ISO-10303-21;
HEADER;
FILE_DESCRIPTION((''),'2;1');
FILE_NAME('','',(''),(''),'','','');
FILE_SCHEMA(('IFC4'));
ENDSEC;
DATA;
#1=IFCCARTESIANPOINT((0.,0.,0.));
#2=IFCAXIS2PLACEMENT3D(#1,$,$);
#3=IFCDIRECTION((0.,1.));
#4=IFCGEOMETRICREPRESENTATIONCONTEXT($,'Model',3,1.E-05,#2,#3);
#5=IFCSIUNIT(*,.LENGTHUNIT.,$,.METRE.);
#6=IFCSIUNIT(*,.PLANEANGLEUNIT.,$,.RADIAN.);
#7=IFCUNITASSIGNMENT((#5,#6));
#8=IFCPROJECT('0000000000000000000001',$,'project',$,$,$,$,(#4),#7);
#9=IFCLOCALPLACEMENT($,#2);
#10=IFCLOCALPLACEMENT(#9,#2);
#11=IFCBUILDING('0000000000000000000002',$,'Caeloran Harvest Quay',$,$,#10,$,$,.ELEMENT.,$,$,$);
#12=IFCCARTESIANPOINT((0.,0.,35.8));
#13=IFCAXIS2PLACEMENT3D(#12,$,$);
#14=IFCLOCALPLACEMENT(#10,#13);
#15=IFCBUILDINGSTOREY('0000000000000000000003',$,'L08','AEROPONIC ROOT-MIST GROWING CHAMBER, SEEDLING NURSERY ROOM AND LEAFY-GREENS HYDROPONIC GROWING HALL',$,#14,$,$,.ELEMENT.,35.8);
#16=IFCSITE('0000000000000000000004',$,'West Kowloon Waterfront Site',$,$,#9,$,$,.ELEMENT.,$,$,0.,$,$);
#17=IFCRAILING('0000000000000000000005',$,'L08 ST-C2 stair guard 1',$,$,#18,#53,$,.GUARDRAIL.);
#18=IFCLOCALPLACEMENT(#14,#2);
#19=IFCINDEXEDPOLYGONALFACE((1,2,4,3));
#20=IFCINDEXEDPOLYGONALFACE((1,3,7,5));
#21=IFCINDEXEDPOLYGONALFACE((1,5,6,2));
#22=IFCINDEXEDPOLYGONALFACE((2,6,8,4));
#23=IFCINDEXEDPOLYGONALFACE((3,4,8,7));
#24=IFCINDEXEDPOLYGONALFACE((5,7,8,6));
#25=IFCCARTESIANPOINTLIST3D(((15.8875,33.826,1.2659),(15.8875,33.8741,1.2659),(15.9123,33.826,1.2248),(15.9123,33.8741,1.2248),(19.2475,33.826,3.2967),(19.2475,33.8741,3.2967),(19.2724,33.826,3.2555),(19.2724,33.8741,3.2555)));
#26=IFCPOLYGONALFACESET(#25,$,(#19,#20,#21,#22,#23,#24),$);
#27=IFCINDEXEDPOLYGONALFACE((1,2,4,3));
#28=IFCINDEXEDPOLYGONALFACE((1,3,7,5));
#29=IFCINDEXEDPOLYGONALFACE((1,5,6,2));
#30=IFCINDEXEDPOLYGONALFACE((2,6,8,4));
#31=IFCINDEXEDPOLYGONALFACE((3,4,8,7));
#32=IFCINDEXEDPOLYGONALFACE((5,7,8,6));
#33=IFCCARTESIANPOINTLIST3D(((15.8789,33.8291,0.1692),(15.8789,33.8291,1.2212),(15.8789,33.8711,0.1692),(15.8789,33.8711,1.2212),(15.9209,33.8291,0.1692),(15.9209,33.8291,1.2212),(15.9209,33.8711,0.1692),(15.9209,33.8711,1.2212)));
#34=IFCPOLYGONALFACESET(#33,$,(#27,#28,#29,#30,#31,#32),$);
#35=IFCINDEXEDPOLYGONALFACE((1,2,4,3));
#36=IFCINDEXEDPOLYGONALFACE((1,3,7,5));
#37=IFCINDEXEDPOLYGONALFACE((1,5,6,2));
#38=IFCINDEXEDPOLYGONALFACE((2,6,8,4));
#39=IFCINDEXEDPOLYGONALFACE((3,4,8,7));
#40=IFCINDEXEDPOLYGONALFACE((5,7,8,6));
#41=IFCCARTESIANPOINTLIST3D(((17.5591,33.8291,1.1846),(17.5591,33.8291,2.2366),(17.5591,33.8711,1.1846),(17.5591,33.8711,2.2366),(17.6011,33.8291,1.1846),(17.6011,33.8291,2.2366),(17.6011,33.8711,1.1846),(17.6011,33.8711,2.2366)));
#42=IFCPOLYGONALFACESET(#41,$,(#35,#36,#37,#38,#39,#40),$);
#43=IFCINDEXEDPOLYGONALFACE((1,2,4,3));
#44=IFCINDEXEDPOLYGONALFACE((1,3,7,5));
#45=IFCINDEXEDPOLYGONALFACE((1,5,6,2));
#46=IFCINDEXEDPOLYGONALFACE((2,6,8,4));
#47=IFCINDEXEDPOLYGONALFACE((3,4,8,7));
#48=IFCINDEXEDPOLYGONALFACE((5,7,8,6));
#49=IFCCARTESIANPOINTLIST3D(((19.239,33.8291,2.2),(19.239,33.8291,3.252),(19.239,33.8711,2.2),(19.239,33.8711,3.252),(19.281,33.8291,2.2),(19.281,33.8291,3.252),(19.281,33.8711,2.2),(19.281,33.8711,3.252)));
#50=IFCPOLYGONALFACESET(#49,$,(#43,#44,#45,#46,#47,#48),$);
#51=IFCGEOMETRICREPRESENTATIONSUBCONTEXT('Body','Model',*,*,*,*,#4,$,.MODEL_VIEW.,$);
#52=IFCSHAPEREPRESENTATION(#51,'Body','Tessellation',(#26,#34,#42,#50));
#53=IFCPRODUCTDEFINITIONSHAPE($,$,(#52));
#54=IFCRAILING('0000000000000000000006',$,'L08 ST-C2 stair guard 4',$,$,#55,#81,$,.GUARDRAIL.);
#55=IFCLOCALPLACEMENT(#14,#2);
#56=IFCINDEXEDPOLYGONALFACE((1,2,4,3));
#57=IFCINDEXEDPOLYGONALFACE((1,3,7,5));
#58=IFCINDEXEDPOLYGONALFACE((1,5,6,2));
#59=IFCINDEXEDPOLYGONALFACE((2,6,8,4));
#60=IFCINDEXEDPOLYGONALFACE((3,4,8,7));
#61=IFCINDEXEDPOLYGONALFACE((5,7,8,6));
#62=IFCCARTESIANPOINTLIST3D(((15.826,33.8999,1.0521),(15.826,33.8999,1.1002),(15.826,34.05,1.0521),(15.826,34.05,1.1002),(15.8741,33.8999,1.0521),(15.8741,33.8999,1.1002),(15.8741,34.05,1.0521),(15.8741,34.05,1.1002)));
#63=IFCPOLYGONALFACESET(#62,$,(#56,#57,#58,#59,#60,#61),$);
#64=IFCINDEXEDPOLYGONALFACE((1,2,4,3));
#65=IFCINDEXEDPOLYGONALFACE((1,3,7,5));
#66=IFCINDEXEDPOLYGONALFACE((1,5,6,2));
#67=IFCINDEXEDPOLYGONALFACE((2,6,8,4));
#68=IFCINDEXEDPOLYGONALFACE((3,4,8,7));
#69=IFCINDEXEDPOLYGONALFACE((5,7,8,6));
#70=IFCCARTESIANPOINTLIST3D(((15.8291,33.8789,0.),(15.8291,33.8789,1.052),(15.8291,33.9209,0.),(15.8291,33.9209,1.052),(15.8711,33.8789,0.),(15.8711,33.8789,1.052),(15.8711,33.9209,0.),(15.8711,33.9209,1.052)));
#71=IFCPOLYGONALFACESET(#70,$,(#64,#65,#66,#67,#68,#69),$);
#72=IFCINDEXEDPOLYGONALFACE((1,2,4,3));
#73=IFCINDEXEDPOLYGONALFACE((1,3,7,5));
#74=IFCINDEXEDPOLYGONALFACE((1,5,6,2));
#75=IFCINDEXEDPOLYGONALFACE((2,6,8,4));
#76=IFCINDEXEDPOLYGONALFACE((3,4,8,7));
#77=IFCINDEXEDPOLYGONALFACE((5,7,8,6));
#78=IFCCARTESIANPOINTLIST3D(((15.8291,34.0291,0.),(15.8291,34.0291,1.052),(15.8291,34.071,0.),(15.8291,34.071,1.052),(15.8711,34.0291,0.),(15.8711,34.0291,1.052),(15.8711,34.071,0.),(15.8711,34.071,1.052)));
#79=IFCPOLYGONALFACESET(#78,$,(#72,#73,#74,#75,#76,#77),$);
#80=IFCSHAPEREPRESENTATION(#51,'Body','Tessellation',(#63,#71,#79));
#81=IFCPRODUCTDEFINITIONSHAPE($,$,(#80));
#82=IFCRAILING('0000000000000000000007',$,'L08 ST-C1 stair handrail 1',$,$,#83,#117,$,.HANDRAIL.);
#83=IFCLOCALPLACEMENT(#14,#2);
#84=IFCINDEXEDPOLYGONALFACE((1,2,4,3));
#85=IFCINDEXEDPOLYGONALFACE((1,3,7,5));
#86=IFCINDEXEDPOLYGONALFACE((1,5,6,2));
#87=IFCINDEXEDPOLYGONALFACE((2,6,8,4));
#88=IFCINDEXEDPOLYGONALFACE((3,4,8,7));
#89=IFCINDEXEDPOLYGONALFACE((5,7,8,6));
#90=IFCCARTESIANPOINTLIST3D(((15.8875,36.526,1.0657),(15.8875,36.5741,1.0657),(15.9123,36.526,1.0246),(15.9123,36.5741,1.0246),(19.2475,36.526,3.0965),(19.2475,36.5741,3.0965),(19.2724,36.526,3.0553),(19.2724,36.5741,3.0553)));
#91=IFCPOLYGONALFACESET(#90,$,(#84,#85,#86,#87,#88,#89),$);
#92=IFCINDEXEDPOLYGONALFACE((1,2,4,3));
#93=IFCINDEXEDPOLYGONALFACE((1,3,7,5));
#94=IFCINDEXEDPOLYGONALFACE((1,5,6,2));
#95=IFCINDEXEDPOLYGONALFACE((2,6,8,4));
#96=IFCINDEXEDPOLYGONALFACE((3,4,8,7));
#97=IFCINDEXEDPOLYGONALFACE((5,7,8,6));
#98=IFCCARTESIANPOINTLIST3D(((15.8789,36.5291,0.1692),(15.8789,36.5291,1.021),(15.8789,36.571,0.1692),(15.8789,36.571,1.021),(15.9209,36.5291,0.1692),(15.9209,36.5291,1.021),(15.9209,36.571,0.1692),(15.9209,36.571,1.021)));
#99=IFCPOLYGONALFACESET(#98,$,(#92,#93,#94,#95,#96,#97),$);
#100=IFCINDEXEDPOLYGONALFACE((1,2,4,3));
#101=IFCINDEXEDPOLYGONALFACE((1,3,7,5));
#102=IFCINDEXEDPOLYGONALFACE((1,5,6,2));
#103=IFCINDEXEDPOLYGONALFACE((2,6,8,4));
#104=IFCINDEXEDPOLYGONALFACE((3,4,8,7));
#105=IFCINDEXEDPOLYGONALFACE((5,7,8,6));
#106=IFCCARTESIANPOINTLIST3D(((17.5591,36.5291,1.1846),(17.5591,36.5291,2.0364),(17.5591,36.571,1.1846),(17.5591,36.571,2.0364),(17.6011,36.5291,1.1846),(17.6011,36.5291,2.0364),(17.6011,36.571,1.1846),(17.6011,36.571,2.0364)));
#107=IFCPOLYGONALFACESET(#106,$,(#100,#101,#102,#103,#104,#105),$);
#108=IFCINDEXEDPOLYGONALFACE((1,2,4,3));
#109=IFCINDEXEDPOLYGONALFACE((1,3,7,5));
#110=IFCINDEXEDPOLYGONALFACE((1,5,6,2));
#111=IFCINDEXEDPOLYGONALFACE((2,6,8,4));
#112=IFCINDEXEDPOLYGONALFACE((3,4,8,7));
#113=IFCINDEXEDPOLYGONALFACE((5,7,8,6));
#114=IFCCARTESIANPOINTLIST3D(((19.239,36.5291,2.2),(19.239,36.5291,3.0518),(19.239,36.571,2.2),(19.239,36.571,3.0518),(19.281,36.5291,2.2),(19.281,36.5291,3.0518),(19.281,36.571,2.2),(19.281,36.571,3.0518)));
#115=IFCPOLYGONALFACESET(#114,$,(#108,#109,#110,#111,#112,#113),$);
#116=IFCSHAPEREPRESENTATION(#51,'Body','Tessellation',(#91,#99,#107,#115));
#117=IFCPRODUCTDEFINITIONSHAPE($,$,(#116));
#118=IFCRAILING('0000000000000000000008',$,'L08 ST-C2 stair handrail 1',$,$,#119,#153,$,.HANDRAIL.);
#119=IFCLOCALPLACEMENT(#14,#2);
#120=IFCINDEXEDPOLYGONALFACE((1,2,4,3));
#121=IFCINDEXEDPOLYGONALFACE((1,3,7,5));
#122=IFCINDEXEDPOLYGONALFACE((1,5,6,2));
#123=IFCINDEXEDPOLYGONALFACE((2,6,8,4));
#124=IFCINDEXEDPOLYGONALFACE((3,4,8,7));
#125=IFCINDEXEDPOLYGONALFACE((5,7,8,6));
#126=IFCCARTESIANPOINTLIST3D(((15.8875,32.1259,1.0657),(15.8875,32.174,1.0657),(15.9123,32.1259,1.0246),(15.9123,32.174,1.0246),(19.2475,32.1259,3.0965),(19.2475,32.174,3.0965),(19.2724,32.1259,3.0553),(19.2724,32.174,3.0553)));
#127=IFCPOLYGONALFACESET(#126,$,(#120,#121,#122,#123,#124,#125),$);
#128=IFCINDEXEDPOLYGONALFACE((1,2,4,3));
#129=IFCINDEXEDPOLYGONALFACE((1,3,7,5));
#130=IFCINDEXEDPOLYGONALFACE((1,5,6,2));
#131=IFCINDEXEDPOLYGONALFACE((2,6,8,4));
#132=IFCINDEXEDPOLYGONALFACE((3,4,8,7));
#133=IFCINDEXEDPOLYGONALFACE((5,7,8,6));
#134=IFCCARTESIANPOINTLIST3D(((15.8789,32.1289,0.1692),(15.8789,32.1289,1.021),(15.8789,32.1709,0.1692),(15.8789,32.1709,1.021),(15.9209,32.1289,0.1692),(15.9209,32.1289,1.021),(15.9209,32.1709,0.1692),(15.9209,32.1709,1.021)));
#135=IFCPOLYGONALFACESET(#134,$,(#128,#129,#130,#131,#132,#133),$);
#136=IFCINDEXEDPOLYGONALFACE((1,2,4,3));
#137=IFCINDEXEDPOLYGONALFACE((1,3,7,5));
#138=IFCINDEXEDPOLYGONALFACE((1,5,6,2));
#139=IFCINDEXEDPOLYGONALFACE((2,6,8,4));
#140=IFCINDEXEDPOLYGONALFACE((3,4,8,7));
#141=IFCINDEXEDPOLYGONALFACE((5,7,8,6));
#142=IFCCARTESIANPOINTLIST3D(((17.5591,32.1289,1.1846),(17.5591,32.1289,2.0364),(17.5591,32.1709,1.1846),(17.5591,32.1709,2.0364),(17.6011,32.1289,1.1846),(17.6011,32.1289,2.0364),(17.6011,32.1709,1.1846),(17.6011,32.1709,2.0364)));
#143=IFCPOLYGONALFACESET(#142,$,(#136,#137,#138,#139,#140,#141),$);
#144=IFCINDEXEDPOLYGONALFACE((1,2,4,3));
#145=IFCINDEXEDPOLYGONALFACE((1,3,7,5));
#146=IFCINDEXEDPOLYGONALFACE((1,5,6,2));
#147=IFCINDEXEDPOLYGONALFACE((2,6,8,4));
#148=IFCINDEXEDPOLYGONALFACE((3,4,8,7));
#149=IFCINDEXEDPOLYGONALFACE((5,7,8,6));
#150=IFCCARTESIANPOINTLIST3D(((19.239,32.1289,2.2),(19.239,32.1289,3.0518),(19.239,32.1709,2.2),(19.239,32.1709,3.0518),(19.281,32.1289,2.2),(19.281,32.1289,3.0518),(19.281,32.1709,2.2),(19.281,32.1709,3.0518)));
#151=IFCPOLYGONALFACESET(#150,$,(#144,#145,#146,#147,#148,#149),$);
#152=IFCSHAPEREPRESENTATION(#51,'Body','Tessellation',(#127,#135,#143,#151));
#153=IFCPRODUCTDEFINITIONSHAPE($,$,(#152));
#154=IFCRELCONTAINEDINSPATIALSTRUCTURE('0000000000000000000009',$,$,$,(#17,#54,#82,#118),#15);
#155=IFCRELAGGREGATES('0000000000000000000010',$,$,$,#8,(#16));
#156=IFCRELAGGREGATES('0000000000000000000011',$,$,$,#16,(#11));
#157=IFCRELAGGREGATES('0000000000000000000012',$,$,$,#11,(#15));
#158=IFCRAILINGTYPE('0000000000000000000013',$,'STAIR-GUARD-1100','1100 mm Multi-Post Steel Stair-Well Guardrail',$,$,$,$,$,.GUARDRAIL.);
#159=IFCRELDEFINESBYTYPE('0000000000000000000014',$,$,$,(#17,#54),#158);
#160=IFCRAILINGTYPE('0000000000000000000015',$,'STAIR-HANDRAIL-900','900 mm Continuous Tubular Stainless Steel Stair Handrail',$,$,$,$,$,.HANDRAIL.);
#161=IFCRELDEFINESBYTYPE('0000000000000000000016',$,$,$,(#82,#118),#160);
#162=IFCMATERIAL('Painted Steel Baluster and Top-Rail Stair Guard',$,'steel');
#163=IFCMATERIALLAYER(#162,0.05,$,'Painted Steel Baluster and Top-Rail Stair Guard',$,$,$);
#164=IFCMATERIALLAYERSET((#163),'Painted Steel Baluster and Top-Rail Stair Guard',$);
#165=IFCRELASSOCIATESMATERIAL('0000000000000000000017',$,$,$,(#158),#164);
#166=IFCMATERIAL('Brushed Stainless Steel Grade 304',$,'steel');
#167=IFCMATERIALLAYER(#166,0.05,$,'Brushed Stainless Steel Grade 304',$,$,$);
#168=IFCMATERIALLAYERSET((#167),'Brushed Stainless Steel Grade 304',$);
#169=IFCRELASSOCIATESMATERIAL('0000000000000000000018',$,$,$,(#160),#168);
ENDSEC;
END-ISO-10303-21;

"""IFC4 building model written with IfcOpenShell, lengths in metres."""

from ifc_helpers import new_model, si_unit, direction, frame, origin, origin_2d, place, context, subcontext, project, spatial, rectangle, extrude, material, layer, layer_set, type_object, element, save


model = new_model("IFC4")

# Units and contexts
model_context = context("Model", 3, precision=1e-05, world=origin(), true_north=direction((0.0, 1.0)))
body_context = subcontext(model_context, "Body", "Model", "MODEL_VIEW")
ifc_project = project(units=[si_unit("LENGTHUNIT", "METRE"), si_unit("PLANEANGLEUNIT", "RADIAN")], contexts=[model_context])

# Site, building, storey
site_placement = place(None, origin())
site = spatial("IfcSite", under=ifc_project, at=site_placement, Name="West Kowloon Waterfront Site", CompositionType="ELEMENT", RefElevation=0.0)
building_placement = place(site_placement, origin())
building = spatial("IfcBuilding", under=site, at=building_placement, Name="Caeloran Harvest Quay", CompositionType="ELEMENT")
storey_placement = place(building_placement, frame((0.0, 0.0, 35.8)))
storey = spatial("IfcBuildingStorey", under=building, at=storey_placement, Name="L08", Description="AEROPONIC ROOT-MIST GROWING CHAMBER, SEEDLING NURSERY ROOM AND LEAFY-GREENS HYDROPONIC GROWING HALL", CompositionType="ELEMENT", Elevation=35.8)

# Railings
ifc_material_1 = material(Name="Painted Steel Baluster and Top-Rail Stair Guard", Category="steel")
ifc_layer_1 = layer(ifc_material_1, 0.05, Name="Painted Steel Baluster and Top-Rail Stair Guard")
ifc_layer_set_1 = layer_set([ifc_layer_1], Name="Painted Steel Baluster and Top-Rail Stair Guard")
railing_type_1 = type_object("IfcRailingType", Name="STAIR-GUARD-1100", Description="1100 mm Multi-Post Steel Stair-Well Guardrail", PredefinedType="GUARDRAIL", material=ifc_layer_set_1)
railing_1_placement = place(storey_placement, frame((15.8999, 33.8501, 0.1692)))
element("IfcRailing", 1, at=railing_1_placement, inside=storey, type_object=railing_type_1, Name="L08 ST-C2 stair guard 1", PredefinedType="GUARDRAIL", context=body_context, shape_type="SweptSolid", body=[
    extrude(rectangle(XDim=0.0481, YDim=0.0481, at=origin_2d()), frame((0.0, 0.0, 1.0762), z_axis=(0.855837, 0.0, 0.517246), x_axis=(0.0, 1.0, 0.0)), (0.0, 0.0, 1.0), 3.926),
    extrude(rectangle(XDim=0.042, YDim=0.042, at=origin_2d()), origin(), (0.0, 0.0, 1.0), 1.052),
    extrude(rectangle(XDim=0.042, YDim=0.042, at=origin_2d()), frame((1.6802, 0.0, 1.0154)), (0.0, 0.0, 1.0), 1.052),
    extrude(rectangle(XDim=0.042, YDim=0.042, at=origin_2d()), frame((3.3601, 0.0, 2.0308)), (0.0, 0.0, 1.0), 1.052),
])
railing_2_placement = place(storey_placement, frame((15.8501, 33.8999, 0.0)))
element("IfcRailing", 2, at=railing_2_placement, inside=storey, type_object=railing_type_1, Name="L08 ST-C2 stair guard 4", PredefinedType="GUARDRAIL", context=body_context, shape_type="SweptSolid", body=[
    extrude(rectangle(XDim=0.0481, YDim=0.0481, at=origin_2d()), frame((0.0, 0.0, 1.0762), z_axis=(0.0, 1.0, 0.0), x_axis=(-1.0, 0.0, 0.0)), (0.0, 0.0, 1.0), 0.1501),
    extrude(rectangle(XDim=0.042, YDim=0.042, at=origin_2d()), origin(), (0.0, 0.0, 1.0), 1.052),
    extrude(rectangle(XDim=0.042, YDim=0.042, at=origin_2d()), frame((0.0, 0.1501, 0.0)), (0.0, 0.0, 1.0), 1.052),
])
ifc_material_2 = material(Name="Brushed Stainless Steel Grade 304", Category="steel")
ifc_layer_2 = layer(ifc_material_2, 0.05, Name="Brushed Stainless Steel Grade 304")
ifc_layer_set_2 = layer_set([ifc_layer_2], Name="Brushed Stainless Steel Grade 304")
railing_type_2 = type_object("IfcRailingType", Name="STAIR-HANDRAIL-900", Description="900 mm Continuous Tubular Stainless Steel Stair Handrail", PredefinedType="HANDRAIL", material=ifc_layer_set_2)
for number, where, name in (
    (3, (15.8999, 36.55, 0.1692), "L08 ST-C1 stair handrail 1"),
    (4, (15.8999, 32.1499, 0.1692), "L08 ST-C2 stair handrail 1"),
):
    element("IfcRailing", number, at=place(storey_placement, frame(where)), inside=storey, type_object=railing_type_2, Name=name, PredefinedType="HANDRAIL", context=body_context, shape_type="SweptSolid", body=[
        extrude(rectangle(XDim=0.0481, YDim=0.0481, at=origin_2d()), frame((0.0, 0.0, 0.876), z_axis=(0.855837, 0.0, 0.517246), x_axis=(0.0, 1.0, 0.0)), (0.0, 0.0, 1.0), 3.926),
        extrude(rectangle(XDim=0.042, YDim=0.042, at=origin_2d()), origin(), (0.0, 0.0, 1.0), 0.8518),
        extrude(rectangle(XDim=0.042, YDim=0.042, at=origin_2d()), frame((1.6802, 0.0, 1.0154)), (0.0, 0.0, 1.0), 0.8518),
        extrude(rectangle(XDim=0.042, YDim=0.042, at=origin_2d()), frame((3.3601, 0.0, 2.0308)), (0.0, 0.0, 1.0), 0.8518),
    ])

save(model, "model.ifc")
